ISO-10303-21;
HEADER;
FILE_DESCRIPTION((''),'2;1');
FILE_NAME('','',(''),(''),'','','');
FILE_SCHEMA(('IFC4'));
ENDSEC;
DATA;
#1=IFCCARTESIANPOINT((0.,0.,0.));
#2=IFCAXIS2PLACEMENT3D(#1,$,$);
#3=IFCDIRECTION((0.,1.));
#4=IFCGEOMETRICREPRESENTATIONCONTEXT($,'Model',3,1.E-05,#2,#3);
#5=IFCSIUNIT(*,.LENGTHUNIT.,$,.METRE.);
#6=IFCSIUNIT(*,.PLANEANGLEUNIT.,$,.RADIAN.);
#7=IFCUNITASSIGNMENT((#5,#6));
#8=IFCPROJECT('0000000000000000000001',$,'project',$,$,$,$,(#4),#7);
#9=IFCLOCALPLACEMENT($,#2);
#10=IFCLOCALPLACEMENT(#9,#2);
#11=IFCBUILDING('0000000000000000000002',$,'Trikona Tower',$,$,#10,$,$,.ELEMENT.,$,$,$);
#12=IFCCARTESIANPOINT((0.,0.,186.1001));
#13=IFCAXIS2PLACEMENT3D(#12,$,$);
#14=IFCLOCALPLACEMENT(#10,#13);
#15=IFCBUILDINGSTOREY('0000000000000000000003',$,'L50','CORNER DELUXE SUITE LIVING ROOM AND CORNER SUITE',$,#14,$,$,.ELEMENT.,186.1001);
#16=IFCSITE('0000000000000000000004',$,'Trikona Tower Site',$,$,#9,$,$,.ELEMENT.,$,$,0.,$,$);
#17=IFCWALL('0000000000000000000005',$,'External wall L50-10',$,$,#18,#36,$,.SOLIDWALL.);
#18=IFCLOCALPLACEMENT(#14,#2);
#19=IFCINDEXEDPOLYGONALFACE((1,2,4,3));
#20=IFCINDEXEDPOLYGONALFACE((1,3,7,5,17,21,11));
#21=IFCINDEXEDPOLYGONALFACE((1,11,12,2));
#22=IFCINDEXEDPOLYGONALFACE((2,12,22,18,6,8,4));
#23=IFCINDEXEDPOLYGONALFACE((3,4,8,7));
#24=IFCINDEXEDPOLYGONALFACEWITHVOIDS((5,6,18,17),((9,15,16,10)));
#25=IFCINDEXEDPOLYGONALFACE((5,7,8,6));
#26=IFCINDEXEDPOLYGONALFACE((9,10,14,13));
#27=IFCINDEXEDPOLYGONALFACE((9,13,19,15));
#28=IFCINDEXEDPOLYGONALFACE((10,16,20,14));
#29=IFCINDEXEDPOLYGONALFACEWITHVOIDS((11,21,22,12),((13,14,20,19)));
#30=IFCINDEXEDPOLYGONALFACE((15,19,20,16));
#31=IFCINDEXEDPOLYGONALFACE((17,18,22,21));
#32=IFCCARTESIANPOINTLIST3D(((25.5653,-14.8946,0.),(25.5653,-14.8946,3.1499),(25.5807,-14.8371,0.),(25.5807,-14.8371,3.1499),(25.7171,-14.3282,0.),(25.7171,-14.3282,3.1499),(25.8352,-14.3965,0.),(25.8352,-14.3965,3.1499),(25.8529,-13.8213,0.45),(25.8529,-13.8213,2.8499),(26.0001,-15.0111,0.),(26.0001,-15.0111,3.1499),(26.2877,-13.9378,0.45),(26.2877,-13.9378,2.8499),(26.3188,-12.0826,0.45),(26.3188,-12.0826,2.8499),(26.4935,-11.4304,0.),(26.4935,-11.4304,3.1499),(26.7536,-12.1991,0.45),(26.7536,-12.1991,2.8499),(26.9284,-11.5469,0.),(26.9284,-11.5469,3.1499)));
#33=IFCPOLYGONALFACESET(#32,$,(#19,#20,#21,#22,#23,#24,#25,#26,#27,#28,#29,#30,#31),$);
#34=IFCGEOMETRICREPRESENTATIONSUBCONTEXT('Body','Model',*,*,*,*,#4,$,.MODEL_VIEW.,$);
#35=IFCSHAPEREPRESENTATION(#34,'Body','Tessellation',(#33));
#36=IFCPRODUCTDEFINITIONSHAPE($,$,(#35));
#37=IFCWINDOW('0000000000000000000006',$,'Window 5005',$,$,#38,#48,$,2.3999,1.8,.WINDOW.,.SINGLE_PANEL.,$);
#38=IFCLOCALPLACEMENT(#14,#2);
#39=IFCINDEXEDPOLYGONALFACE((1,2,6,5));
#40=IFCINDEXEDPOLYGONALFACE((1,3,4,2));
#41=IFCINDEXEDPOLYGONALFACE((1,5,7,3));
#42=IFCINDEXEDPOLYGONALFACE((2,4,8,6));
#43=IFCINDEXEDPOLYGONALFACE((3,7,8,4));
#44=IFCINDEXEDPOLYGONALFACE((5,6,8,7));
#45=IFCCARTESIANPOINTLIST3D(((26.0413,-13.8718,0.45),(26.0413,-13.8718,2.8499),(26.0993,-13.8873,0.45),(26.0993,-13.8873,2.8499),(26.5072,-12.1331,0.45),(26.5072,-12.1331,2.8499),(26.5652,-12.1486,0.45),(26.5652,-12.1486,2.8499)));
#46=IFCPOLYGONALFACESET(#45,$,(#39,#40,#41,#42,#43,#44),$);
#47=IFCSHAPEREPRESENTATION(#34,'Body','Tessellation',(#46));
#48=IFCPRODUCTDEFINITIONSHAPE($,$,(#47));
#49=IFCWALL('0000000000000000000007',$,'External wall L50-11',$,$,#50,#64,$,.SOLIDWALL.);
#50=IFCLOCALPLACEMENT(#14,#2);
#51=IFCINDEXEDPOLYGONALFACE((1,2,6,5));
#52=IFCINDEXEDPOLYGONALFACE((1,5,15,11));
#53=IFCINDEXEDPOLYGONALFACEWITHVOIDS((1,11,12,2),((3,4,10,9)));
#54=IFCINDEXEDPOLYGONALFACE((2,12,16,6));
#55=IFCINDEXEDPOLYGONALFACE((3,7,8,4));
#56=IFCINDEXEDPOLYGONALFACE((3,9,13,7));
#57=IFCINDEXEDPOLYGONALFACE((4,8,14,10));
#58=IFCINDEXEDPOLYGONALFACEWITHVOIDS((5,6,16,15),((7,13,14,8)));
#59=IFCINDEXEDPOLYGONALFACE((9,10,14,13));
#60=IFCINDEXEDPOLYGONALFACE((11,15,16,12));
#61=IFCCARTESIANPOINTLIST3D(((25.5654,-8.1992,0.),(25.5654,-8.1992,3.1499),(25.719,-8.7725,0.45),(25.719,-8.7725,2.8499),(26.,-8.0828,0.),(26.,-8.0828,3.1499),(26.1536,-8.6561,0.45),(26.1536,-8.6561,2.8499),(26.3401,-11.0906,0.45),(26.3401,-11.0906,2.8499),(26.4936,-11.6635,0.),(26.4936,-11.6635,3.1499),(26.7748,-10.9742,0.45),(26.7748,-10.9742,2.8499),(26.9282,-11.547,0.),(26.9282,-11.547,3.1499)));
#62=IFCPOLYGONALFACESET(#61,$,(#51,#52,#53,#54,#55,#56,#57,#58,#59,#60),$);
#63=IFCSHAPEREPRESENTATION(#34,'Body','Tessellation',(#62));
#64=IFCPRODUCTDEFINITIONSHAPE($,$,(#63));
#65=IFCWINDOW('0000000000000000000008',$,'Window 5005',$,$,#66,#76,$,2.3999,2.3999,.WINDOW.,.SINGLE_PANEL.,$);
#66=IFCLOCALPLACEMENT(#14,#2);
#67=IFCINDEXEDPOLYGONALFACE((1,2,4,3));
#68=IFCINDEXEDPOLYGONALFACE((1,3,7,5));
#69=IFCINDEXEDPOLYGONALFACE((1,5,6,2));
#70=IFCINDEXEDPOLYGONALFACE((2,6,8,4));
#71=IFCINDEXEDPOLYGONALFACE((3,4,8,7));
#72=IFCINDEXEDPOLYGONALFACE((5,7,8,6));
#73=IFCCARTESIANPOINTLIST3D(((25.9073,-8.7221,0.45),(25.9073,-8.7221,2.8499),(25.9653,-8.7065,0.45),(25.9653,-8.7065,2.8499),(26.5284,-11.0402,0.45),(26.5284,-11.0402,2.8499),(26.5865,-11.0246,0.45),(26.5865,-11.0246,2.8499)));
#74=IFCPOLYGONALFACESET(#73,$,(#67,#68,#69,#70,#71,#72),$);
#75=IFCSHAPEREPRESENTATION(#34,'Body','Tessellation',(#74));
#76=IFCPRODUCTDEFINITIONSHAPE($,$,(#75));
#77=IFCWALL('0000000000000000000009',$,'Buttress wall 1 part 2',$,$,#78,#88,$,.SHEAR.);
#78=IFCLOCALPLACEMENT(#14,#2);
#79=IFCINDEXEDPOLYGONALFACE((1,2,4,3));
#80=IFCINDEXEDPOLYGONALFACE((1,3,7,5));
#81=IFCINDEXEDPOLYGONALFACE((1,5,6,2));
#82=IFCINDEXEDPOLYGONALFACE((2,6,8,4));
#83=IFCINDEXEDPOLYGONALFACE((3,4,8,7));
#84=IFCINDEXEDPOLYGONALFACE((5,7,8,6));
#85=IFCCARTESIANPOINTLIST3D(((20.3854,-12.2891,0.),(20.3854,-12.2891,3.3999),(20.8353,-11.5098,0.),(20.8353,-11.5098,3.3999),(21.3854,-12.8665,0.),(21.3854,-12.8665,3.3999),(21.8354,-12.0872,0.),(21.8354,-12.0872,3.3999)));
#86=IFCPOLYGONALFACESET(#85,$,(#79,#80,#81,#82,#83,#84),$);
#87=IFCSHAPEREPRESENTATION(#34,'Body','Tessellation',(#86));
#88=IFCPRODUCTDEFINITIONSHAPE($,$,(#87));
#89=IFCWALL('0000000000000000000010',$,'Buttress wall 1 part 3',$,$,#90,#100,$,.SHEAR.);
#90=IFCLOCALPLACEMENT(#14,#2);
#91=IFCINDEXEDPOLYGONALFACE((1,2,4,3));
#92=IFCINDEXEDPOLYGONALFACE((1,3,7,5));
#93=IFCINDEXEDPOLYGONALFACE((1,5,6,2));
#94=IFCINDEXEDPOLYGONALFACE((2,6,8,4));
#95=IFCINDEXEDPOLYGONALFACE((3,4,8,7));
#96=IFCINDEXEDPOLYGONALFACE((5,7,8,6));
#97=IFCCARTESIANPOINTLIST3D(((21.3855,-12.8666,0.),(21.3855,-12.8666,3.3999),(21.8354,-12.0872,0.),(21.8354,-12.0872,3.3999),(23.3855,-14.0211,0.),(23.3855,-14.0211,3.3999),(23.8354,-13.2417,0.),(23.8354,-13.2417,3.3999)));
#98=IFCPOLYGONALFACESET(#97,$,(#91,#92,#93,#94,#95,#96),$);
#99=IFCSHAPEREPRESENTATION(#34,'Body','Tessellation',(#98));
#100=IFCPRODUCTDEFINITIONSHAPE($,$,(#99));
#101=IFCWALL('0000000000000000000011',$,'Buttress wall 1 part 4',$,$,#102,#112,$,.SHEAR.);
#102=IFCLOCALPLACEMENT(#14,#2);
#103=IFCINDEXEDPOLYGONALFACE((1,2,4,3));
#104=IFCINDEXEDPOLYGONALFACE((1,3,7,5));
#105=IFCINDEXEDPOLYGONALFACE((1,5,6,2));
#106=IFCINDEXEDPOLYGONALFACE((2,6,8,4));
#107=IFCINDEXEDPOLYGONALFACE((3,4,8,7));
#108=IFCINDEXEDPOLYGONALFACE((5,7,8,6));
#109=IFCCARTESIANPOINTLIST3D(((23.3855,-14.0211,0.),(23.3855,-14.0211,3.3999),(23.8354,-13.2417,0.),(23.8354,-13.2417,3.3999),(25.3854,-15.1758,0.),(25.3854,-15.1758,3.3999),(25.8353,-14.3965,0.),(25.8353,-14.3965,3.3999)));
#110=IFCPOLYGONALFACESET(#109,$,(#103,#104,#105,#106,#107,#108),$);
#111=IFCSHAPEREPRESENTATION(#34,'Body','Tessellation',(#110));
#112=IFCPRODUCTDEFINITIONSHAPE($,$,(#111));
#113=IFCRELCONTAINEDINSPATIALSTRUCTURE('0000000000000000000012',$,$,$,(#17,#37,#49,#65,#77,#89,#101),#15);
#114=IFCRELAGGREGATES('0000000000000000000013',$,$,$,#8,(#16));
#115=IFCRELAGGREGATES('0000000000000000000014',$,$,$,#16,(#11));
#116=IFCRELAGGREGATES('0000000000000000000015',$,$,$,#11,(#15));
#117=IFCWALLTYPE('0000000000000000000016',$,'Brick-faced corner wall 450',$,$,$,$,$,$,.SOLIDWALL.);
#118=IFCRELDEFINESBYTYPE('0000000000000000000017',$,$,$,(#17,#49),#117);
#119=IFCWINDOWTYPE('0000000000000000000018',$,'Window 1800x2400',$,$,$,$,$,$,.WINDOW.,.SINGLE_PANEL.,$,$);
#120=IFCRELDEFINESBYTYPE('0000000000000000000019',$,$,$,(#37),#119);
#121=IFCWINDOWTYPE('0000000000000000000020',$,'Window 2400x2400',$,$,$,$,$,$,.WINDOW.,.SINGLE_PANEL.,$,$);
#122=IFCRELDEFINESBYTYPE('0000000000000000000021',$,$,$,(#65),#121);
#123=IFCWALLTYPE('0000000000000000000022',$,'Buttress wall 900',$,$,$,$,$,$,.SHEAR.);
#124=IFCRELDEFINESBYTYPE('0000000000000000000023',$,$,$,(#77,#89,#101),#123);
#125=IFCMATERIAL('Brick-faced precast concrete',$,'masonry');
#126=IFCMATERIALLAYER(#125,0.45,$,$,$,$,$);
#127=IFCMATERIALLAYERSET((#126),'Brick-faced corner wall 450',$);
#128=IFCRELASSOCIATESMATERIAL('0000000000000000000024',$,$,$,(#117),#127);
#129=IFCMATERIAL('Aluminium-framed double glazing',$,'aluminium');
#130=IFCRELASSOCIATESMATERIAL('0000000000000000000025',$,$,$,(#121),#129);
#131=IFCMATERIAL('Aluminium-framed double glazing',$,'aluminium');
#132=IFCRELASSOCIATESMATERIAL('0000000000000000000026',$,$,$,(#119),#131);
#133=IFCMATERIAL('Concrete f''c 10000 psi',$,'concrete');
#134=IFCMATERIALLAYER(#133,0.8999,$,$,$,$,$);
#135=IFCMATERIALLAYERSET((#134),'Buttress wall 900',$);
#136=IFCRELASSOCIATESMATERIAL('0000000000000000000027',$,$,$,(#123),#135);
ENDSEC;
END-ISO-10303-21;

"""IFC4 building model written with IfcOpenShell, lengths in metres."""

from ifc_helpers import new_model, si_unit, direction, frame, frame_2d, origin, place, context, subcontext, project, spatial, polyline, rectangle, outline, extrude, material, layer, layer_set, type_object, element, fill, save


model = new_model("IFC4")

# Units and contexts
model_context = context("Model", 3, precision=1e-05, world=origin(), true_north=direction((0.0, 1.0)))
body_context = subcontext(model_context, "Body", "Model", "MODEL_VIEW")
ifc_project = project(units=[si_unit("LENGTHUNIT", "METRE"), si_unit("PLANEANGLEUNIT", "RADIAN")], contexts=[model_context])

# Site, building, storey
site_placement = place(None, origin())
site = spatial("IfcSite", under=ifc_project, at=site_placement, Name="Trikona Tower Site", CompositionType="ELEMENT", RefElevation=0.0)
building_placement = place(site_placement, origin())
building = spatial("IfcBuilding", under=site, at=building_placement, Name="Trikona Tower", CompositionType="ELEMENT")
storey_placement = place(building_placement, frame((0.0, 0.0, 186.1001)))
storey = spatial("IfcBuildingStorey", under=building, at=storey_placement, Name="L50", Description="CORNER DELUXE SUITE LIVING ROOM AND CORNER SUITE", CompositionType="ELEMENT", Elevation=186.1001)

# Walls, openings, windows
ifc_material_1 = material(Name="Brick-faced precast concrete", Category="masonry")
ifc_layer_1 = layer(ifc_material_1, 0.45)
ifc_layer_set_1 = layer_set([ifc_layer_1], Name="Brick-faced corner wall 450")
wall_type_1 = type_object("IfcWallType", Name="Brick-faced corner wall 450", PredefinedType="SOLIDWALL", material=ifc_layer_set_1)
ifc_material_2 = material(Name="Aluminium-framed double glazing", Category="aluminium")
window_type_1 = type_object("IfcWindowType", Name="Window 2400x2400", PartitioningType="SINGLE_PANEL", PredefinedType="WINDOW", material=ifc_material_2)
ifc_material_3 = material(Name="Aluminium-framed double glazing", Category="aluminium")
window_type_2 = type_object("IfcWindowType", Name="Window 1800x2400", PartitioningType="SINGLE_PANEL", PredefinedType="WINDOW", material=ifc_material_3)
wall_1_placement = place(storey_placement, frame((25.7827, -14.9529, 0.0), z_axis=(0.0, 0.0, 1.0), x_axis=(0.258823, 0.965925, 0.0)))
wall_1 = element("IfcWall", 1, at=wall_1_placement, inside=storey, type_object=wall_type_1, Name="External wall L50-10", PredefinedType="SOLIDWALL", context=body_context, shape_type="SweptSolid", body=[
    extrude(outline(polyline([(3.5864, 0.2251), (0.5864, 0.2251), (0.551, 0.0933), (0.0596, 0.2251), (0.0, 0.2251), (0.0, -0.2251), (3.5864, -0.2251), (3.5864, 0.2251)])), origin(), (0.0, 0.0, 1.0), 3.1499),
])
opening_1_placement = place(wall_1_placement, frame((1.1113, 0.0, 0.45)))
opening_1 = element("IfcOpeningElement", 2, at=opening_1_placement, cuts=wall_1, PredefinedType="OPENING", context=body_context, shape_type="SweptSolid", body=[
    extrude(rectangle(XDim=1.8, YDim=2.3999, at=frame_2d((0.8999, 1.2))), frame((0.0, 0.2349, 0.0), z_axis=(0.0, -1.0, 0.0), x_axis=(1.0, 0.0, 0.0)), (0.0, 0.0, 1.0), 0.47),
])
window_1_placement = place(opening_1_placement, origin())
window_1 = element("IfcWindow", 3, at=window_1_placement, inside=storey, type_object=window_type_2, Name="Window 5005", OverallHeight=2.3999, OverallWidth=1.8, PartitioningType="SINGLE_PANEL", PredefinedType="WINDOW", context=body_context, shape_type="SweptSolid", body=[
    extrude(rectangle(XDim=1.8, YDim=2.3999, at=frame_2d((0.8999, 1.2))), frame((0.0, 0.03, 0.0), z_axis=(0.0, -1.0, 0.0), x_axis=(1.0, 0.0, 0.0)), (0.0, 0.0, 1.0), 0.0601),
])
fill(opening_1, window_1)
wall_2_placement = place(storey_placement, frame((26.7109, -11.6052, 0.0), z_axis=(0.0, 0.0, 1.0), x_axis=(-0.258823, 0.965925, 0.0)))
wall_2 = element("IfcWall", 4, at=wall_2_placement, inside=storey, type_object=wall_type_1, Name="External wall L50-11", PredefinedType="SOLIDWALL", context=body_context, shape_type="SweptSolid", body=[
    extrude(rectangle(XDim=3.5864, YDim=0.45, at=frame_2d((1.7932, 0.0))), origin(), (0.0, 0.0, 1.0), 3.1499),
])
opening_2_placement = place(wall_2_placement, frame((0.593, 0.0, 0.45)))
opening_2 = element("IfcOpeningElement", 5, at=opening_2_placement, cuts=wall_2, PredefinedType="OPENING", context=body_context, shape_type="SweptSolid", body=[
    extrude(rectangle(XDim=2.3999, YDim=2.3999, at=frame_2d((1.2, 1.2))), frame((0.0, 0.2349, 0.0), z_axis=(0.0, -1.0, 0.0), x_axis=(1.0, 0.0, 0.0)), (0.0, 0.0, 1.0), 0.47),
])
window_2_placement = place(opening_2_placement, origin())
window_2 = element("IfcWindow", 6, at=window_2_placement, inside=storey, type_object=window_type_1, Name="Window 5005", OverallHeight=2.3999, OverallWidth=2.3999, PartitioningType="SINGLE_PANEL", PredefinedType="WINDOW", context=body_context, shape_type="SweptSolid", body=[
    extrude(rectangle(XDim=2.3999, YDim=2.3999, at=frame_2d((1.2, 1.2))), frame((0.0, 0.03, 0.0), z_axis=(0.0, -1.0, 0.0), x_axis=(1.0, 0.0, 0.0)), (0.0, 0.0, 1.0), 0.0601),
])
fill(opening_2, window_2)

# Walls
ifc_material_4 = material(Name="Concrete f'c 10000 psi", Category="concrete")
ifc_layer_2 = layer(ifc_material_4, 0.8999)
ifc_layer_set_2 = layer_set([ifc_layer_2], Name="Buttress wall 900")
wall_type_2 = type_object("IfcWallType", Name="Buttress wall 900", PredefinedType="SHEAR", material=ifc_layer_set_2)
wall_3_placement = place(storey_placement, frame((20.6104, -11.8994, 0.0), z_axis=(0.0, 0.0, 1.0), x_axis=(0.86601, -0.500027, 0.0)))
element("IfcWall", 7, at=wall_3_placement, inside=storey, type_object=wall_type_2, Name="Buttress wall 1 part 2", PredefinedType="SHEAR", context=body_context, shape_type="SweptSolid", body=[
    extrude(rectangle(XDim=1.1548, YDim=0.8999, at=frame_2d((0.5774, 0.0))), origin(), (0.0, 0.0, 1.0), 3.3999),
])
for number, where, z_axis, x_axis, name in (
    (8, (21.6104, -12.4768, 0.0), (0.0, 0.0, 1.0), (0.866055, -0.499948, 0.0), "Buttress wall 1 part 3"),
    (9, (23.6104, -13.6313, 0.0), (0.0, 0.0, 1.0), (0.86601, -0.500027, 0.0), "Buttress wall 1 part 4"),
):
    element("IfcWall", number, at=place(storey_placement, frame(where, z_axis=z_axis, x_axis=x_axis)), inside=storey, type_object=wall_type_2, Name=name, PredefinedType="SHEAR", context=body_context, shape_type="SweptSolid", body=[
        extrude(rectangle(XDim=2.3093, YDim=0.8999, at=frame_2d((1.1548, 0.0))), origin(), (0.0, 0.0, 1.0), 3.3999),
    ])

save(model, "model.ifc")
